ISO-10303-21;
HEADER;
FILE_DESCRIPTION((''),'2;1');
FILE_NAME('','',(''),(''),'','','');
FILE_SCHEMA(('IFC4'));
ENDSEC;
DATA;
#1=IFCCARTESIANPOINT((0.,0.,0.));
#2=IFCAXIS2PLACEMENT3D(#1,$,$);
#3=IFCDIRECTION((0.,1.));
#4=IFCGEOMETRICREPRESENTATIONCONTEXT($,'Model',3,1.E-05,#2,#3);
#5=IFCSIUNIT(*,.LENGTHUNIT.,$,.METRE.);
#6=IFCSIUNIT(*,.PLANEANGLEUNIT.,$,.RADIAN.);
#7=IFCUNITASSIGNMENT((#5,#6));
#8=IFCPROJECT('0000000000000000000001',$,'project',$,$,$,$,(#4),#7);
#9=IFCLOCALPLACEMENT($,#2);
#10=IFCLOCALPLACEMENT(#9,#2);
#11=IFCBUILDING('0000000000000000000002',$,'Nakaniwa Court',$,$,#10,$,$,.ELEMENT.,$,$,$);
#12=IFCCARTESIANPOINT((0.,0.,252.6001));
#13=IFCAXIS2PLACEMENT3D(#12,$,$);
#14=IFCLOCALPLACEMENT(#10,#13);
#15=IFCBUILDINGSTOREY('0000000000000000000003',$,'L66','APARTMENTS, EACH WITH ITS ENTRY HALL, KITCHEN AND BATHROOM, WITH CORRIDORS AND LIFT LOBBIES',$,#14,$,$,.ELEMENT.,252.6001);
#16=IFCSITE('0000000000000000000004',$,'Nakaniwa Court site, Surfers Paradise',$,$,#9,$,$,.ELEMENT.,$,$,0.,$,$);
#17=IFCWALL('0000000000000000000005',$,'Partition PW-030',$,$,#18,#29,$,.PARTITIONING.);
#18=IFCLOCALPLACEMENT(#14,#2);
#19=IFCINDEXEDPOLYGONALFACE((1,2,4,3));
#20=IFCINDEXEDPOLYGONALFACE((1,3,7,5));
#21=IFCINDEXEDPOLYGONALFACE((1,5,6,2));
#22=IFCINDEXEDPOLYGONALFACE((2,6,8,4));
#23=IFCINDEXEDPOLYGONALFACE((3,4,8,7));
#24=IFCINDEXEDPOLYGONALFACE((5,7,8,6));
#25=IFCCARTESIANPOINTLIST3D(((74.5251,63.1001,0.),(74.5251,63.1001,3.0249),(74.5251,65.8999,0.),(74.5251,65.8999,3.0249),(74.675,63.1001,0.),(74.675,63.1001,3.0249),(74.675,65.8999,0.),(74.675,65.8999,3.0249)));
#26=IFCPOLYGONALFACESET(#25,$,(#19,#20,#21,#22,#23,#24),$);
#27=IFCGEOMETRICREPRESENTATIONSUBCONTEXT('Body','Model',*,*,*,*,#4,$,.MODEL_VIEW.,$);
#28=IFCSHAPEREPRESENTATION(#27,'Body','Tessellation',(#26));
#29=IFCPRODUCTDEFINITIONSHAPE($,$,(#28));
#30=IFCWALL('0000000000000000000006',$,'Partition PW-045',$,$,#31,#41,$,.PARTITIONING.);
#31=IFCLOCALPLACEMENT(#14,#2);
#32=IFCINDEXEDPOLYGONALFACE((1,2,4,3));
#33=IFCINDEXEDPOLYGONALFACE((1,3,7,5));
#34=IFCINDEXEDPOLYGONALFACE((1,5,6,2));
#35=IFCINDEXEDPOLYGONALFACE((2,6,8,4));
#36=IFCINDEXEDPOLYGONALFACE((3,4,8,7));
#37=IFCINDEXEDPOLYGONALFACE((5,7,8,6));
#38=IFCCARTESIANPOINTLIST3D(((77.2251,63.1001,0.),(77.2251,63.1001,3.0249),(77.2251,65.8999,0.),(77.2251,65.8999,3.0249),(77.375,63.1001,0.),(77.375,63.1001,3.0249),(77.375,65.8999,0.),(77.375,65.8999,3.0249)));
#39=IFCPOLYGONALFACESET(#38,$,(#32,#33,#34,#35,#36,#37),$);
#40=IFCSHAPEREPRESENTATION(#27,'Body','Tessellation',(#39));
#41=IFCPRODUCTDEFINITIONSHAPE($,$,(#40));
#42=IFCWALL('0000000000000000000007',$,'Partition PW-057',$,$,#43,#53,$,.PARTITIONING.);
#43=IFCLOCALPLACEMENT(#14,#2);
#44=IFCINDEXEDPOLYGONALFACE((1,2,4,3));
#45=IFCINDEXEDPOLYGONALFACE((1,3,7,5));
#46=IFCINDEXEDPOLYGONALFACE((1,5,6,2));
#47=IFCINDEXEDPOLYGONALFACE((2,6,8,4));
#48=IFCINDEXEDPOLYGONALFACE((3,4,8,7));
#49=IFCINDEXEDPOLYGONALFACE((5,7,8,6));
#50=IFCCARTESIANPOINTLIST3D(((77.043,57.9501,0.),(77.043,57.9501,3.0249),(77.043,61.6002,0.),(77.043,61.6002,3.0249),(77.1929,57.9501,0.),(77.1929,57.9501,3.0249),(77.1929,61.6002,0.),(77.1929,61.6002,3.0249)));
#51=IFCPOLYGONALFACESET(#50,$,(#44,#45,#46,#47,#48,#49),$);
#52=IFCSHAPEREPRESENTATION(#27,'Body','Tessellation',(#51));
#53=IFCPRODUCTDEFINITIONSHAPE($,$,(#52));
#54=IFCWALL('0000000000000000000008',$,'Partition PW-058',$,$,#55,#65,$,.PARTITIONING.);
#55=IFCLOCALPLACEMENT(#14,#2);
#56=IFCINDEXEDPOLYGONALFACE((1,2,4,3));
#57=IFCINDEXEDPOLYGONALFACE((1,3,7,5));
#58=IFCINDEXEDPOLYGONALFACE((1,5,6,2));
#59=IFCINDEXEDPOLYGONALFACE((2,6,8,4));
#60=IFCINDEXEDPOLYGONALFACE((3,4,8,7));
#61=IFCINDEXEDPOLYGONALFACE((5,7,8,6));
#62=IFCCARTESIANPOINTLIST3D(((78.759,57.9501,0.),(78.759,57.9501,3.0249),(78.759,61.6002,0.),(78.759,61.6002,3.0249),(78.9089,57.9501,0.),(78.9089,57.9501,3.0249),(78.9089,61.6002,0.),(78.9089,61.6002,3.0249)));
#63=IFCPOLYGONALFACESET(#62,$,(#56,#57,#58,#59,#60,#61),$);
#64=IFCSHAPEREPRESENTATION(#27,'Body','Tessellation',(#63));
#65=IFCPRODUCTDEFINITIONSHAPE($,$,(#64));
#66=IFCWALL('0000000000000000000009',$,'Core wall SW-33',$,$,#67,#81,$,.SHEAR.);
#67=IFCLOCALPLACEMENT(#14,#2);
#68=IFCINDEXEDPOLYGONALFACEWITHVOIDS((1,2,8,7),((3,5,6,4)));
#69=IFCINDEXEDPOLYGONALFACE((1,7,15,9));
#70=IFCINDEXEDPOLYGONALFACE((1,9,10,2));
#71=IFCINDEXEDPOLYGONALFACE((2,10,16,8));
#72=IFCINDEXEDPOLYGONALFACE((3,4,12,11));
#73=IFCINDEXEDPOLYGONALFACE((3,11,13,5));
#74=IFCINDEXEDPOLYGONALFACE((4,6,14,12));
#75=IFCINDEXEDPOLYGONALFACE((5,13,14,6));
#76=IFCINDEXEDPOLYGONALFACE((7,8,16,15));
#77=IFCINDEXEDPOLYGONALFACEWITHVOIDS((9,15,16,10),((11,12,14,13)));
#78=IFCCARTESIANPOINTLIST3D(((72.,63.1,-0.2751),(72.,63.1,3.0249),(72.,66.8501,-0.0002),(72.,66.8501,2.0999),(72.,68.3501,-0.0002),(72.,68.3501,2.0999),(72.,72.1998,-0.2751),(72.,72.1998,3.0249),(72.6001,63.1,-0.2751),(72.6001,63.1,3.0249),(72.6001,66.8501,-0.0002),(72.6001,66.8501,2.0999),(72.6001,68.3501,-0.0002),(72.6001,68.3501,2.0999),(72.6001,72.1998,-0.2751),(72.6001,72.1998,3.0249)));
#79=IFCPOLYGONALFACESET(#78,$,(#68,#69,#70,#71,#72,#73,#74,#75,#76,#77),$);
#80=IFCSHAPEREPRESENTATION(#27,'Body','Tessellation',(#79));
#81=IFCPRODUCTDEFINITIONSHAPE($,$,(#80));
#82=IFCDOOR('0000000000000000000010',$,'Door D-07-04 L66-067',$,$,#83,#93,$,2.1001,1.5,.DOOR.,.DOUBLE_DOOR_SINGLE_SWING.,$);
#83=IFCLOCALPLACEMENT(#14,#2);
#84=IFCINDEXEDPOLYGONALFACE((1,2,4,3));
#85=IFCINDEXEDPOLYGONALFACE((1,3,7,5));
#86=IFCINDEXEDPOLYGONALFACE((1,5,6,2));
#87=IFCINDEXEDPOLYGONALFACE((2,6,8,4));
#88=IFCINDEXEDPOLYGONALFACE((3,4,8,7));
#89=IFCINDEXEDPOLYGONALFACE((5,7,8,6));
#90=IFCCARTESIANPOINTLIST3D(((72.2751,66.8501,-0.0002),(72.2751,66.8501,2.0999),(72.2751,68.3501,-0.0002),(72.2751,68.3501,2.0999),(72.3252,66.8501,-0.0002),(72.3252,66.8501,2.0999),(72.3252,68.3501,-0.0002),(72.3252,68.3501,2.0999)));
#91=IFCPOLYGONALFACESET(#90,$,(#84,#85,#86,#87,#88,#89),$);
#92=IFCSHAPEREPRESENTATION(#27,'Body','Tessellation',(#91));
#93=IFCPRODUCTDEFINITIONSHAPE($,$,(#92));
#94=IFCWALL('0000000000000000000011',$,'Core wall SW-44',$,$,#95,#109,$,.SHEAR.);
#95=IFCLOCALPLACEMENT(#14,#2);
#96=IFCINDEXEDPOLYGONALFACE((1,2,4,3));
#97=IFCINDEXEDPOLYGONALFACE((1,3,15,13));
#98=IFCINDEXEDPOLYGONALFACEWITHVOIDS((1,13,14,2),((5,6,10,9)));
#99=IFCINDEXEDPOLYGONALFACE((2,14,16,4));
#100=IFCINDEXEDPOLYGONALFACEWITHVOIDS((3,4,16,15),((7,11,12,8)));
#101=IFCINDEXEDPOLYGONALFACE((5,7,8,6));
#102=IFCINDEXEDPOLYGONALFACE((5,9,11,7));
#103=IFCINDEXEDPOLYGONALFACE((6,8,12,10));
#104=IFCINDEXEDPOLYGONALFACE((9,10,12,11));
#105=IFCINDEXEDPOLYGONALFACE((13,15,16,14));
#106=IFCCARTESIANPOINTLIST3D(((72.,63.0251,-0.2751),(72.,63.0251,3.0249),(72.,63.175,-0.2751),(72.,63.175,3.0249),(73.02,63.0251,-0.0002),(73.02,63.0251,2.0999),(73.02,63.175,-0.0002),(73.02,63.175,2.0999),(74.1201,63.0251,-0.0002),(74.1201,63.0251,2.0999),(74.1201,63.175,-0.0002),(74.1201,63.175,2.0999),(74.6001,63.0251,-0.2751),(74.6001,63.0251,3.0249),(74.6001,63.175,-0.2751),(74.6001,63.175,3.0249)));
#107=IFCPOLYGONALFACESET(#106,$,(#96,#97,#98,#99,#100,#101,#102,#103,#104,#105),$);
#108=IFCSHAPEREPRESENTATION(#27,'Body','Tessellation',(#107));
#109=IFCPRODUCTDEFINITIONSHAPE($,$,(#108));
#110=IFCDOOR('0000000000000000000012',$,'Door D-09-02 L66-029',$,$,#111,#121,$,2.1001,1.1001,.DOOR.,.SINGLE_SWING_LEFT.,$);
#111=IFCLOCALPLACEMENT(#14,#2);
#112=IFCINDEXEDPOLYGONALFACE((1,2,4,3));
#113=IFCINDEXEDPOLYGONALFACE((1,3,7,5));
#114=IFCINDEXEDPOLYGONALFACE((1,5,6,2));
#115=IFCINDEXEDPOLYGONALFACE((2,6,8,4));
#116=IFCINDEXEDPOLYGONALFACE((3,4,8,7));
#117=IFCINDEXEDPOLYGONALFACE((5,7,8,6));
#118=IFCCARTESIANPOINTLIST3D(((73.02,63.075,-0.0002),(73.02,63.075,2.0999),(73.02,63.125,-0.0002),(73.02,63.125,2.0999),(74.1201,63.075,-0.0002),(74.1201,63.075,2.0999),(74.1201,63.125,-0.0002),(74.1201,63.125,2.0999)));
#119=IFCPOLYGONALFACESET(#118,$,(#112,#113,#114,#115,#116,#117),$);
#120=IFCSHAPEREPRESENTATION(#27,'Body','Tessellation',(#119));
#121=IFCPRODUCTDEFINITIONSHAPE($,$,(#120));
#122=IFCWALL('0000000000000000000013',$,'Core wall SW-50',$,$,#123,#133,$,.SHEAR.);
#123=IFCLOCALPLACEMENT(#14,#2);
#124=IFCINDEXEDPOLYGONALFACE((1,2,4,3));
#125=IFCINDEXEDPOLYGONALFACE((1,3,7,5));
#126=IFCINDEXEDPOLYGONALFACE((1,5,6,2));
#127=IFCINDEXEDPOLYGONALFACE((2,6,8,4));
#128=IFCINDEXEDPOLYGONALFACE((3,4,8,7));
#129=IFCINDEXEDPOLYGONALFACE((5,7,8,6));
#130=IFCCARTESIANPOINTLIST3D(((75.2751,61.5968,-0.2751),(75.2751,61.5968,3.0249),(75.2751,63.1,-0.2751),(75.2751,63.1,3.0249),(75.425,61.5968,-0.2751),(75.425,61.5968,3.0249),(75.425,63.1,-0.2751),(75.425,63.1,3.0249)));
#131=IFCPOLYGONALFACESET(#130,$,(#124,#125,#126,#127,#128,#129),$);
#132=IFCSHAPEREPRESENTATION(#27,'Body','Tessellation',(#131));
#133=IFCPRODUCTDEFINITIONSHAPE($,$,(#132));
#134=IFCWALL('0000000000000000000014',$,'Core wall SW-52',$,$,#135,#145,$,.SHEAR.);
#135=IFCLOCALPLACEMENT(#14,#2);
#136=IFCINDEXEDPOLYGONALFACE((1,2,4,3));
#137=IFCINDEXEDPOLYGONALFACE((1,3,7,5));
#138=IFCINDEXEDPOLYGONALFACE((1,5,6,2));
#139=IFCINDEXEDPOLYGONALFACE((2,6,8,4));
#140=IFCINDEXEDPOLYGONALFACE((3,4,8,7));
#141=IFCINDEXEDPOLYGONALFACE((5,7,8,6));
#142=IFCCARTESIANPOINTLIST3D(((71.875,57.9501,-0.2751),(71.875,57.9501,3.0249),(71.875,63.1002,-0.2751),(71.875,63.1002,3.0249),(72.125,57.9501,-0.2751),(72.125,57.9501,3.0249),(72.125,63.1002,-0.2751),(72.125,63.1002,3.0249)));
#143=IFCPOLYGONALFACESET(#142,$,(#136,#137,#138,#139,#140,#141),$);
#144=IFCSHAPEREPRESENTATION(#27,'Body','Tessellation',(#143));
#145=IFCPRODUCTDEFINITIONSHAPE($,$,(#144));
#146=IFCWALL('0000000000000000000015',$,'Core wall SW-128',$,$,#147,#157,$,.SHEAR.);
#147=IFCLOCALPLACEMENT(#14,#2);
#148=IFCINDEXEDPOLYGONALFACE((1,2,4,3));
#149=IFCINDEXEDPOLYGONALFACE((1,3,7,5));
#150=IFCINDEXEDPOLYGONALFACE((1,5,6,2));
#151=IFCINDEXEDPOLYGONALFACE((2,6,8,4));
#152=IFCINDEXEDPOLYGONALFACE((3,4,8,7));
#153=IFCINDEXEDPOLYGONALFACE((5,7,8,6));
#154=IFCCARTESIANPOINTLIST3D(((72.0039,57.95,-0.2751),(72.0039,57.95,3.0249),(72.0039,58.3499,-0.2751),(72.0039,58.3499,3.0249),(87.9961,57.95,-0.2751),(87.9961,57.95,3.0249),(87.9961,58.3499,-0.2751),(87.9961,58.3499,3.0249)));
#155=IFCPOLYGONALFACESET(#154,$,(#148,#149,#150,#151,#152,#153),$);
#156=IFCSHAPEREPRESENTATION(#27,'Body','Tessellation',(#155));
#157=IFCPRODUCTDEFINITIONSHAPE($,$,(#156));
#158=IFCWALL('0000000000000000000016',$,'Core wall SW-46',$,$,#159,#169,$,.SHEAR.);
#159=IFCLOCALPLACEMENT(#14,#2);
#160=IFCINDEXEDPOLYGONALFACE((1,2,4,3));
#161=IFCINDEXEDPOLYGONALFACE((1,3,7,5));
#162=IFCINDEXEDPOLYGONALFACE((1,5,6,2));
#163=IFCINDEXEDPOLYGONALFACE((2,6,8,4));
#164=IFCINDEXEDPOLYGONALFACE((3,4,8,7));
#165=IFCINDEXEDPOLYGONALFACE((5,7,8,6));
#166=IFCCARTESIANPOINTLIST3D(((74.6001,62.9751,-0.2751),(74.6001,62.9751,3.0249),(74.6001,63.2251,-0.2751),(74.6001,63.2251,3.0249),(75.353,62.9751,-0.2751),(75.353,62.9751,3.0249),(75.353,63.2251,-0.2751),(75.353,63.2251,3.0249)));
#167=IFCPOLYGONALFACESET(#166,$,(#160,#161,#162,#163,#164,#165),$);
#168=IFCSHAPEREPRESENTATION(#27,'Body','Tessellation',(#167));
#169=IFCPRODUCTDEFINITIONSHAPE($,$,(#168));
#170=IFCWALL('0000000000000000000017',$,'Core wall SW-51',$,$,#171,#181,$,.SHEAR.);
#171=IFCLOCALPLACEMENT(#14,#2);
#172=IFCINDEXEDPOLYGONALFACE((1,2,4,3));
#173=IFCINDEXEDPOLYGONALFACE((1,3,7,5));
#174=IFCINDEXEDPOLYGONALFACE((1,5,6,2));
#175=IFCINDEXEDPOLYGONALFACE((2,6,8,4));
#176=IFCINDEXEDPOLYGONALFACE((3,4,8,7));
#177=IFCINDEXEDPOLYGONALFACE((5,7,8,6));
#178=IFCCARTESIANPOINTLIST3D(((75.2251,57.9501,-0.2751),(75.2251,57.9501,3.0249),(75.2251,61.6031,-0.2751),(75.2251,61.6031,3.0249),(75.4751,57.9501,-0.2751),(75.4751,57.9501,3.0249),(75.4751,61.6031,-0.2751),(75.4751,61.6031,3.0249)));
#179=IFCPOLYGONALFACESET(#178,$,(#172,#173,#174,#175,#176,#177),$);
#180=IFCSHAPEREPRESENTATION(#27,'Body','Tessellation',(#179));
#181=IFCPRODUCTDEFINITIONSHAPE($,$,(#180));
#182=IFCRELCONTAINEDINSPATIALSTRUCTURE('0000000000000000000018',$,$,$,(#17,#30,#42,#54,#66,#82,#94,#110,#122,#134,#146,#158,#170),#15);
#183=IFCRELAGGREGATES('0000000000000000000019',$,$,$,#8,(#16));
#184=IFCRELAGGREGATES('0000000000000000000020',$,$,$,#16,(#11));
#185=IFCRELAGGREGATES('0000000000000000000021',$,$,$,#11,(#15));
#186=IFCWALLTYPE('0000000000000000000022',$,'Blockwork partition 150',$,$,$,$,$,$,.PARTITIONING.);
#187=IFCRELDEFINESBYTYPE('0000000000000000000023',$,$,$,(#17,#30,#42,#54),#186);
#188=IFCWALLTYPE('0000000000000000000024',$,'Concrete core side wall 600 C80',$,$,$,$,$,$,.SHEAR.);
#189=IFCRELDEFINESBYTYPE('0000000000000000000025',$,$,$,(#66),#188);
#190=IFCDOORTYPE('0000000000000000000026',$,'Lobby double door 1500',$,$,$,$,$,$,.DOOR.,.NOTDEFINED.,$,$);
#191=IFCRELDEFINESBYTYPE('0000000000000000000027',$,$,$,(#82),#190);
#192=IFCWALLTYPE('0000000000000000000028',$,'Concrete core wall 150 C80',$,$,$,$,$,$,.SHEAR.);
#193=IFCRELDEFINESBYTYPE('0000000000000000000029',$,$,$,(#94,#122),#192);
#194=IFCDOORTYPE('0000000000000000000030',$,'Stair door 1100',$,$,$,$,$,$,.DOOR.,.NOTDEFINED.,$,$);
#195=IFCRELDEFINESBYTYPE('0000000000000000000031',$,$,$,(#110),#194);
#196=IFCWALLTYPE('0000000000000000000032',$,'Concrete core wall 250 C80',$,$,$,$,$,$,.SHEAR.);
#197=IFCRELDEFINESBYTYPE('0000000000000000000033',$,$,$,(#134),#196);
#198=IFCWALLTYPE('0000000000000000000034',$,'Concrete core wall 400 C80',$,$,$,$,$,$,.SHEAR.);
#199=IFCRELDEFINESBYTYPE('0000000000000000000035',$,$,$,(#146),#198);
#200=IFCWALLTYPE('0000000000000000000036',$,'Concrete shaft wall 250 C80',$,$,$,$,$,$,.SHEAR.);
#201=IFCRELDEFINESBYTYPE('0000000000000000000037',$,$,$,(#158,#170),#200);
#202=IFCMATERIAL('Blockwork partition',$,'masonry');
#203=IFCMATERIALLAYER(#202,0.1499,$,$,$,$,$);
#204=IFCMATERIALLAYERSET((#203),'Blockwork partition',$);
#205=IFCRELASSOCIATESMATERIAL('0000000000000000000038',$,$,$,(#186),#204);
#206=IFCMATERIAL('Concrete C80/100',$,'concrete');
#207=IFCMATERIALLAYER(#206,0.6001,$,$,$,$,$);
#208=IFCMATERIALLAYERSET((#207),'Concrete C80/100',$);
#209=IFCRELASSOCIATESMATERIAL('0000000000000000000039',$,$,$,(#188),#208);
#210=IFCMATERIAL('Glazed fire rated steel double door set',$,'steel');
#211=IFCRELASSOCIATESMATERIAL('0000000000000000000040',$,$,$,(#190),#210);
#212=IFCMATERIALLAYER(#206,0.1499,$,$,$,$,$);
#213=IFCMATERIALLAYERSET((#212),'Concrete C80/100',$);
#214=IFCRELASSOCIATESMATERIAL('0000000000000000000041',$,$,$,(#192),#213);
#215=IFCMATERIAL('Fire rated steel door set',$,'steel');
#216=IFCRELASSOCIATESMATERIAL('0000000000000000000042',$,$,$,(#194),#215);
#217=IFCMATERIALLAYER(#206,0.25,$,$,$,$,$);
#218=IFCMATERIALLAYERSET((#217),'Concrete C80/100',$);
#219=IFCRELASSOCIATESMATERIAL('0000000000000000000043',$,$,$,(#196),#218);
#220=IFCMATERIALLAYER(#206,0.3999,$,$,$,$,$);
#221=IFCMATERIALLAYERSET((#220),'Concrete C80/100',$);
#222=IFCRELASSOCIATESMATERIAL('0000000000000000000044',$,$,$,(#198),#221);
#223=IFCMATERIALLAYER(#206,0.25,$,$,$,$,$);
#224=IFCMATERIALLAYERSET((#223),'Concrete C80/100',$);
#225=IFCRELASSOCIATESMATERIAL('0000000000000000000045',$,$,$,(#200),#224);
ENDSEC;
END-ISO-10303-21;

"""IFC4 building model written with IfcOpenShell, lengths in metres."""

from ifc_helpers import new_model, si_unit, direction, frame, frame_2d, origin, place, context, subcontext, project, spatial, rectangle, extrude, material, layer, layer_set, type_object, element, fill, save


model = new_model("IFC4")

# Units and contexts
model_context = context("Model", 3, precision=1e-05, world=origin(), true_north=direction((0.0, 1.0)))
body_context = subcontext(model_context, "Body", "Model", "MODEL_VIEW")
ifc_project = project(units=[si_unit("LENGTHUNIT", "METRE"), si_unit("PLANEANGLEUNIT", "RADIAN")], contexts=[model_context])

# Site, building, storey
site_placement = place(None, origin())
site = spatial("IfcSite", under=ifc_project, at=site_placement, Name="Nakaniwa Court site, Surfers Paradise", CompositionType="ELEMENT", RefElevation=0.0)
building_placement = place(site_placement, origin())
building = spatial("IfcBuilding", under=site, at=building_placement, Name="Nakaniwa Court", CompositionType="ELEMENT")
storey_placement = place(building_placement, frame((0.0, 0.0, 252.6001)))
storey = spatial("IfcBuildingStorey", under=building, at=storey_placement, Name="L66", Description="APARTMENTS, EACH WITH ITS ENTRY HALL, KITCHEN AND BATHROOM, WITH CORRIDORS AND LIFT LOBBIES", CompositionType="ELEMENT", Elevation=252.6001)

# Walls
ifc_material_1 = material(Name="Blockwork partition", Category="masonry")
ifc_layer_1 = layer(ifc_material_1, 0.1499)
ifc_layer_set_1 = layer_set([ifc_layer_1], Name="Blockwork partition")
wall_type_1 = type_object("IfcWallType", Name="Blockwork partition 150", PredefinedType="PARTITIONING", material=ifc_layer_set_1)
for number, where, z_axis, x_axis, name in (
    (1, (74.6001, 63.1001, 0.0), (0.0, 0.0, 1.0), (0.0, 1.0, 0.0), "Partition PW-030"),
    (2, (77.3, 63.1001, 0.0), (0.0, 0.0, 1.0), (0.0, 1.0, 0.0), "Partition PW-045"),
):
    element("IfcWall", number, at=place(storey_placement, frame(where, z_axis=z_axis, x_axis=x_axis)), inside=storey, type_object=wall_type_1, Name=name, PredefinedType="PARTITIONING", context=body_context, shape_type="SweptSolid", body=[
        extrude(rectangle(XDim=2.7998, YDim=0.1499, at=frame_2d((1.3999, 0.0))), origin(), (0.0, 0.0, 1.0), 3.0249),
    ])
for number, where, z_axis, x_axis, name in (
    (3, (77.1179, 57.95, 0.0), (0.0, 0.0, 1.0), (0.0, 1.0, 0.0), "Partition PW-057"),
    (4, (78.834, 57.95, 0.0), (0.0, 0.0, 1.0), (0.0, 1.0, 0.0), "Partition PW-058"),
):
    element("IfcWall", number, at=place(storey_placement, frame(where, z_axis=z_axis, x_axis=x_axis)), inside=storey, type_object=wall_type_1, Name=name, PredefinedType="PARTITIONING", context=body_context, shape_type="SweptSolid", body=[
        extrude(rectangle(XDim=3.6501, YDim=0.1499, at=frame_2d((1.8252, 0.0))), origin(), (0.0, 0.0, 1.0), 3.0249),
    ])

# Walls, openings, doors
ifc_material_2 = material(Name="Concrete C80/100", Category="concrete")
ifc_layer_2 = layer(ifc_material_2, 0.6001)
ifc_layer_set_2 = layer_set([ifc_layer_2], Name="Concrete C80/100")
wall_type_2 = type_object("IfcWallType", Name="Concrete core side wall 600 C80", PredefinedType="SHEAR", material=ifc_layer_set_2)
wall_1_placement = place(storey_placement, frame((72.3, 63.1001, -0.2751), z_axis=(0.0, 0.0, 1.0), x_axis=(0.0, 1.0, 0.0)))
wall_1 = element("IfcWall", 5, at=wall_1_placement, inside=storey, type_object=wall_type_2, Name="Core wall SW-33", PredefinedType="SHEAR", context=body_context, shape_type="SweptSolid", body=[
    extrude(rectangle(XDim=9.0999, YDim=0.6001, at=frame_2d((4.5498, 0.0))), origin(), (0.0, 0.0, 1.0), 3.3),
])
opening_1_placement = place(wall_1_placement, frame((3.75, 0.0, 0.2749)))
opening_1 = element("IfcOpeningElement", 6, at=opening_1_placement, cuts=wall_1, PredefinedType="OPENING", context=body_context, shape_type="SweptSolid", body=[
    extrude(rectangle(XDim=1.5, YDim=2.1001, at=frame_2d((0.75, 1.05))), frame((0.0, 0.3101, 0.0), z_axis=(0.0, -1.0, 0.0), x_axis=(1.0, 0.0, 0.0)), (0.0, 0.0, 1.0), 0.6201),
])
ifc_material_3 = material(Name="Glazed fire rated steel double door set", Category="steel")
door_type_1 = type_object("IfcDoorType", Name="Lobby double door 1500", OperationType="NOTDEFINED", PredefinedType="DOOR", material=ifc_material_3)
door_1_placement = place(opening_1_placement, origin())
door_1 = element("IfcDoor", 7, at=door_1_placement, inside=storey, type_object=door_type_1, Name="Door D-07-04 L66-067", OperationType="DOUBLE_DOOR_SINGLE_SWING", OverallHeight=2.1001, OverallWidth=1.5, PredefinedType="DOOR", context=body_context, shape_type="SweptSolid", body=[
    extrude(rectangle(XDim=1.5, YDim=2.1001, at=frame_2d((0.75, 1.05))), frame((0.0, 0.0249, 0.0), z_axis=(0.0, -1.0, 0.0), x_axis=(1.0, 0.0, 0.0)), (0.0, 0.0, 1.0), 0.05),
])
fill(opening_1, door_1)
ifc_layer_3 = layer(ifc_material_2, 0.1499)
ifc_layer_set_3 = layer_set([ifc_layer_3], Name="Concrete C80/100")
wall_type_3 = type_object("IfcWallType", Name="Concrete core wall 150 C80", PredefinedType="SHEAR", material=ifc_layer_set_3)
wall_2_placement = place(storey_placement, frame((72.0, 63.1001, -0.2751), z_axis=(0.0, 0.0, 1.0), x_axis=(1.0, 0.0, 0.0)))
wall_2 = element("IfcWall", 8, at=wall_2_placement, inside=storey, type_object=wall_type_3, Name="Core wall SW-44", PredefinedType="SHEAR", context=body_context, shape_type="SweptSolid", body=[
    extrude(rectangle(XDim=2.6001, YDim=0.1499, at=frame_2d((1.3, 0.0))), origin(), (0.0, 0.0, 1.0), 3.3),
])
opening_2_placement = place(wall_2_placement, frame((1.02, 0.0, 0.2749)))
opening_2 = element("IfcOpeningElement", 9, at=opening_2_placement, cuts=wall_2, PredefinedType="OPENING", context=body_context, shape_type="SweptSolid", body=[
    extrude(rectangle(XDim=1.1001, YDim=2.1001, at=frame_2d((0.55, 1.05))), frame((0.0, 0.085, 0.0), z_axis=(0.0, -1.0, 0.0), x_axis=(1.0, 0.0, 0.0)), (0.0, 0.0, 1.0), 0.1699),
])
ifc_material_4 = material(Name="Fire rated steel door set", Category="steel")
door_type_2 = type_object("IfcDoorType", Name="Stair door 1100", OperationType="NOTDEFINED", PredefinedType="DOOR", material=ifc_material_4)
door_2_placement = place(opening_2_placement, origin())
door_2 = element("IfcDoor", 10, at=door_2_placement, inside=storey, type_object=door_type_2, Name="Door D-09-02 L66-029", OperationType="SINGLE_SWING_LEFT", OverallHeight=2.1001, OverallWidth=1.1001, PredefinedType="DOOR", context=body_context, shape_type="SweptSolid", body=[
    extrude(rectangle(XDim=1.1001, YDim=2.1001, at=frame_2d((0.55, 1.05))), frame((0.0, 0.0249, 0.0), z_axis=(0.0, -1.0, 0.0), x_axis=(1.0, 0.0, 0.0)), (0.0, 0.0, 1.0), 0.05),
])
fill(opening_2, door_2)

# Walls
wall_3_placement = place(storey_placement, frame((75.3501, 61.5969, -0.2751), z_axis=(0.0, 0.0, 1.0), x_axis=(0.0, 1.0, 0.0)))
element("IfcWall", 11, at=wall_3_placement, inside=storey, type_object=wall_type_3, Name="Core wall SW-50", PredefinedType="SHEAR", context=body_context, shape_type="SweptSolid", body=[
    extrude(rectangle(XDim=1.5032, YDim=0.1499, at=frame_2d((0.7515, 0.0))), origin(), (0.0, 0.0, 1.0), 3.3),
])
ifc_layer_4 = layer(ifc_material_2, 0.25)
ifc_layer_set_4 = layer_set([ifc_layer_4], Name="Concrete C80/100")
wall_type_4 = type_object("IfcWallType", Name="Concrete core wall 250 C80", PredefinedType="SHEAR", material=ifc_layer_set_4)
wall_4_placement = place(storey_placement, frame((72.0, 57.95, -0.2751), z_axis=(0.0, 0.0, 1.0), x_axis=(0.0, 1.0, 0.0)))
element("IfcWall", 12, at=wall_4_placement, inside=storey, type_object=wall_type_4, Name="Core wall SW-52", PredefinedType="SHEAR", context=body_context, shape_type="SweptSolid", body=[
    extrude(rectangle(XDim=5.1501, YDim=0.25, at=frame_2d((2.5752, 0.0))), origin(), (0.0, 0.0, 1.0), 3.3),
])
ifc_layer_5 = layer(ifc_material_2, 0.3999)
ifc_layer_set_5 = layer_set([ifc_layer_5], Name="Concrete C80/100")
wall_type_5 = type_object("IfcWallType", Name="Concrete core wall 400 C80", PredefinedType="SHEAR", material=ifc_layer_set_5)
wall_5_placement = place(storey_placement, frame((72.0039, 58.1499, -0.2751), z_axis=(0.0, 0.0, 1.0), x_axis=(1.0, 0.0, 0.0)))
element("IfcWall", 13, at=wall_5_placement, inside=storey, type_object=wall_type_5, Name="Core wall SW-128", PredefinedType="SHEAR", context=body_context, shape_type="SweptSolid", body=[
    extrude(rectangle(XDim=15.9922, YDim=0.3999, at=frame_2d((7.9961, 0.0))), origin(), (0.0, 0.0, 1.0), 3.3),
])
ifc_layer_6 = layer(ifc_material_2, 0.25)
ifc_layer_set_6 = layer_set([ifc_layer_6], Name="Concrete C80/100")
wall_type_6 = type_object("IfcWallType", Name="Concrete shaft wall 250 C80", PredefinedType="SHEAR", material=ifc_layer_set_6)
wall_6_placement = place(storey_placement, frame((74.6001, 63.1001, -0.2751), z_axis=(0.0, 0.0, 1.0), x_axis=(1.0, 0.0, 0.0)))
element("IfcWall", 14, at=wall_6_placement, inside=storey, type_object=wall_type_6, Name="Core wall SW-46", PredefinedType="SHEAR", context=body_context, shape_type="SweptSolid", body=[
    extrude(rectangle(XDim=0.7529, YDim=0.25, at=frame_2d((0.3765, 0.0))), origin(), (0.0, 0.0, 1.0), 3.3),
])
wall_7_placement = place(storey_placement, frame((75.3501, 57.95, -0.2751), z_axis=(0.0, 0.0, 1.0), x_axis=(0.0, 1.0, 0.0)))
element("IfcWall", 15, at=wall_7_placement, inside=storey, type_object=wall_type_6, Name="Core wall SW-51", PredefinedType="SHEAR", context=body_context, shape_type="SweptSolid", body=[
    extrude(rectangle(XDim=3.6531, YDim=0.25, at=frame_2d((1.8267, 0.0))), origin(), (0.0, 0.0, 1.0), 3.3),
])

save(model, "model.ifc")
